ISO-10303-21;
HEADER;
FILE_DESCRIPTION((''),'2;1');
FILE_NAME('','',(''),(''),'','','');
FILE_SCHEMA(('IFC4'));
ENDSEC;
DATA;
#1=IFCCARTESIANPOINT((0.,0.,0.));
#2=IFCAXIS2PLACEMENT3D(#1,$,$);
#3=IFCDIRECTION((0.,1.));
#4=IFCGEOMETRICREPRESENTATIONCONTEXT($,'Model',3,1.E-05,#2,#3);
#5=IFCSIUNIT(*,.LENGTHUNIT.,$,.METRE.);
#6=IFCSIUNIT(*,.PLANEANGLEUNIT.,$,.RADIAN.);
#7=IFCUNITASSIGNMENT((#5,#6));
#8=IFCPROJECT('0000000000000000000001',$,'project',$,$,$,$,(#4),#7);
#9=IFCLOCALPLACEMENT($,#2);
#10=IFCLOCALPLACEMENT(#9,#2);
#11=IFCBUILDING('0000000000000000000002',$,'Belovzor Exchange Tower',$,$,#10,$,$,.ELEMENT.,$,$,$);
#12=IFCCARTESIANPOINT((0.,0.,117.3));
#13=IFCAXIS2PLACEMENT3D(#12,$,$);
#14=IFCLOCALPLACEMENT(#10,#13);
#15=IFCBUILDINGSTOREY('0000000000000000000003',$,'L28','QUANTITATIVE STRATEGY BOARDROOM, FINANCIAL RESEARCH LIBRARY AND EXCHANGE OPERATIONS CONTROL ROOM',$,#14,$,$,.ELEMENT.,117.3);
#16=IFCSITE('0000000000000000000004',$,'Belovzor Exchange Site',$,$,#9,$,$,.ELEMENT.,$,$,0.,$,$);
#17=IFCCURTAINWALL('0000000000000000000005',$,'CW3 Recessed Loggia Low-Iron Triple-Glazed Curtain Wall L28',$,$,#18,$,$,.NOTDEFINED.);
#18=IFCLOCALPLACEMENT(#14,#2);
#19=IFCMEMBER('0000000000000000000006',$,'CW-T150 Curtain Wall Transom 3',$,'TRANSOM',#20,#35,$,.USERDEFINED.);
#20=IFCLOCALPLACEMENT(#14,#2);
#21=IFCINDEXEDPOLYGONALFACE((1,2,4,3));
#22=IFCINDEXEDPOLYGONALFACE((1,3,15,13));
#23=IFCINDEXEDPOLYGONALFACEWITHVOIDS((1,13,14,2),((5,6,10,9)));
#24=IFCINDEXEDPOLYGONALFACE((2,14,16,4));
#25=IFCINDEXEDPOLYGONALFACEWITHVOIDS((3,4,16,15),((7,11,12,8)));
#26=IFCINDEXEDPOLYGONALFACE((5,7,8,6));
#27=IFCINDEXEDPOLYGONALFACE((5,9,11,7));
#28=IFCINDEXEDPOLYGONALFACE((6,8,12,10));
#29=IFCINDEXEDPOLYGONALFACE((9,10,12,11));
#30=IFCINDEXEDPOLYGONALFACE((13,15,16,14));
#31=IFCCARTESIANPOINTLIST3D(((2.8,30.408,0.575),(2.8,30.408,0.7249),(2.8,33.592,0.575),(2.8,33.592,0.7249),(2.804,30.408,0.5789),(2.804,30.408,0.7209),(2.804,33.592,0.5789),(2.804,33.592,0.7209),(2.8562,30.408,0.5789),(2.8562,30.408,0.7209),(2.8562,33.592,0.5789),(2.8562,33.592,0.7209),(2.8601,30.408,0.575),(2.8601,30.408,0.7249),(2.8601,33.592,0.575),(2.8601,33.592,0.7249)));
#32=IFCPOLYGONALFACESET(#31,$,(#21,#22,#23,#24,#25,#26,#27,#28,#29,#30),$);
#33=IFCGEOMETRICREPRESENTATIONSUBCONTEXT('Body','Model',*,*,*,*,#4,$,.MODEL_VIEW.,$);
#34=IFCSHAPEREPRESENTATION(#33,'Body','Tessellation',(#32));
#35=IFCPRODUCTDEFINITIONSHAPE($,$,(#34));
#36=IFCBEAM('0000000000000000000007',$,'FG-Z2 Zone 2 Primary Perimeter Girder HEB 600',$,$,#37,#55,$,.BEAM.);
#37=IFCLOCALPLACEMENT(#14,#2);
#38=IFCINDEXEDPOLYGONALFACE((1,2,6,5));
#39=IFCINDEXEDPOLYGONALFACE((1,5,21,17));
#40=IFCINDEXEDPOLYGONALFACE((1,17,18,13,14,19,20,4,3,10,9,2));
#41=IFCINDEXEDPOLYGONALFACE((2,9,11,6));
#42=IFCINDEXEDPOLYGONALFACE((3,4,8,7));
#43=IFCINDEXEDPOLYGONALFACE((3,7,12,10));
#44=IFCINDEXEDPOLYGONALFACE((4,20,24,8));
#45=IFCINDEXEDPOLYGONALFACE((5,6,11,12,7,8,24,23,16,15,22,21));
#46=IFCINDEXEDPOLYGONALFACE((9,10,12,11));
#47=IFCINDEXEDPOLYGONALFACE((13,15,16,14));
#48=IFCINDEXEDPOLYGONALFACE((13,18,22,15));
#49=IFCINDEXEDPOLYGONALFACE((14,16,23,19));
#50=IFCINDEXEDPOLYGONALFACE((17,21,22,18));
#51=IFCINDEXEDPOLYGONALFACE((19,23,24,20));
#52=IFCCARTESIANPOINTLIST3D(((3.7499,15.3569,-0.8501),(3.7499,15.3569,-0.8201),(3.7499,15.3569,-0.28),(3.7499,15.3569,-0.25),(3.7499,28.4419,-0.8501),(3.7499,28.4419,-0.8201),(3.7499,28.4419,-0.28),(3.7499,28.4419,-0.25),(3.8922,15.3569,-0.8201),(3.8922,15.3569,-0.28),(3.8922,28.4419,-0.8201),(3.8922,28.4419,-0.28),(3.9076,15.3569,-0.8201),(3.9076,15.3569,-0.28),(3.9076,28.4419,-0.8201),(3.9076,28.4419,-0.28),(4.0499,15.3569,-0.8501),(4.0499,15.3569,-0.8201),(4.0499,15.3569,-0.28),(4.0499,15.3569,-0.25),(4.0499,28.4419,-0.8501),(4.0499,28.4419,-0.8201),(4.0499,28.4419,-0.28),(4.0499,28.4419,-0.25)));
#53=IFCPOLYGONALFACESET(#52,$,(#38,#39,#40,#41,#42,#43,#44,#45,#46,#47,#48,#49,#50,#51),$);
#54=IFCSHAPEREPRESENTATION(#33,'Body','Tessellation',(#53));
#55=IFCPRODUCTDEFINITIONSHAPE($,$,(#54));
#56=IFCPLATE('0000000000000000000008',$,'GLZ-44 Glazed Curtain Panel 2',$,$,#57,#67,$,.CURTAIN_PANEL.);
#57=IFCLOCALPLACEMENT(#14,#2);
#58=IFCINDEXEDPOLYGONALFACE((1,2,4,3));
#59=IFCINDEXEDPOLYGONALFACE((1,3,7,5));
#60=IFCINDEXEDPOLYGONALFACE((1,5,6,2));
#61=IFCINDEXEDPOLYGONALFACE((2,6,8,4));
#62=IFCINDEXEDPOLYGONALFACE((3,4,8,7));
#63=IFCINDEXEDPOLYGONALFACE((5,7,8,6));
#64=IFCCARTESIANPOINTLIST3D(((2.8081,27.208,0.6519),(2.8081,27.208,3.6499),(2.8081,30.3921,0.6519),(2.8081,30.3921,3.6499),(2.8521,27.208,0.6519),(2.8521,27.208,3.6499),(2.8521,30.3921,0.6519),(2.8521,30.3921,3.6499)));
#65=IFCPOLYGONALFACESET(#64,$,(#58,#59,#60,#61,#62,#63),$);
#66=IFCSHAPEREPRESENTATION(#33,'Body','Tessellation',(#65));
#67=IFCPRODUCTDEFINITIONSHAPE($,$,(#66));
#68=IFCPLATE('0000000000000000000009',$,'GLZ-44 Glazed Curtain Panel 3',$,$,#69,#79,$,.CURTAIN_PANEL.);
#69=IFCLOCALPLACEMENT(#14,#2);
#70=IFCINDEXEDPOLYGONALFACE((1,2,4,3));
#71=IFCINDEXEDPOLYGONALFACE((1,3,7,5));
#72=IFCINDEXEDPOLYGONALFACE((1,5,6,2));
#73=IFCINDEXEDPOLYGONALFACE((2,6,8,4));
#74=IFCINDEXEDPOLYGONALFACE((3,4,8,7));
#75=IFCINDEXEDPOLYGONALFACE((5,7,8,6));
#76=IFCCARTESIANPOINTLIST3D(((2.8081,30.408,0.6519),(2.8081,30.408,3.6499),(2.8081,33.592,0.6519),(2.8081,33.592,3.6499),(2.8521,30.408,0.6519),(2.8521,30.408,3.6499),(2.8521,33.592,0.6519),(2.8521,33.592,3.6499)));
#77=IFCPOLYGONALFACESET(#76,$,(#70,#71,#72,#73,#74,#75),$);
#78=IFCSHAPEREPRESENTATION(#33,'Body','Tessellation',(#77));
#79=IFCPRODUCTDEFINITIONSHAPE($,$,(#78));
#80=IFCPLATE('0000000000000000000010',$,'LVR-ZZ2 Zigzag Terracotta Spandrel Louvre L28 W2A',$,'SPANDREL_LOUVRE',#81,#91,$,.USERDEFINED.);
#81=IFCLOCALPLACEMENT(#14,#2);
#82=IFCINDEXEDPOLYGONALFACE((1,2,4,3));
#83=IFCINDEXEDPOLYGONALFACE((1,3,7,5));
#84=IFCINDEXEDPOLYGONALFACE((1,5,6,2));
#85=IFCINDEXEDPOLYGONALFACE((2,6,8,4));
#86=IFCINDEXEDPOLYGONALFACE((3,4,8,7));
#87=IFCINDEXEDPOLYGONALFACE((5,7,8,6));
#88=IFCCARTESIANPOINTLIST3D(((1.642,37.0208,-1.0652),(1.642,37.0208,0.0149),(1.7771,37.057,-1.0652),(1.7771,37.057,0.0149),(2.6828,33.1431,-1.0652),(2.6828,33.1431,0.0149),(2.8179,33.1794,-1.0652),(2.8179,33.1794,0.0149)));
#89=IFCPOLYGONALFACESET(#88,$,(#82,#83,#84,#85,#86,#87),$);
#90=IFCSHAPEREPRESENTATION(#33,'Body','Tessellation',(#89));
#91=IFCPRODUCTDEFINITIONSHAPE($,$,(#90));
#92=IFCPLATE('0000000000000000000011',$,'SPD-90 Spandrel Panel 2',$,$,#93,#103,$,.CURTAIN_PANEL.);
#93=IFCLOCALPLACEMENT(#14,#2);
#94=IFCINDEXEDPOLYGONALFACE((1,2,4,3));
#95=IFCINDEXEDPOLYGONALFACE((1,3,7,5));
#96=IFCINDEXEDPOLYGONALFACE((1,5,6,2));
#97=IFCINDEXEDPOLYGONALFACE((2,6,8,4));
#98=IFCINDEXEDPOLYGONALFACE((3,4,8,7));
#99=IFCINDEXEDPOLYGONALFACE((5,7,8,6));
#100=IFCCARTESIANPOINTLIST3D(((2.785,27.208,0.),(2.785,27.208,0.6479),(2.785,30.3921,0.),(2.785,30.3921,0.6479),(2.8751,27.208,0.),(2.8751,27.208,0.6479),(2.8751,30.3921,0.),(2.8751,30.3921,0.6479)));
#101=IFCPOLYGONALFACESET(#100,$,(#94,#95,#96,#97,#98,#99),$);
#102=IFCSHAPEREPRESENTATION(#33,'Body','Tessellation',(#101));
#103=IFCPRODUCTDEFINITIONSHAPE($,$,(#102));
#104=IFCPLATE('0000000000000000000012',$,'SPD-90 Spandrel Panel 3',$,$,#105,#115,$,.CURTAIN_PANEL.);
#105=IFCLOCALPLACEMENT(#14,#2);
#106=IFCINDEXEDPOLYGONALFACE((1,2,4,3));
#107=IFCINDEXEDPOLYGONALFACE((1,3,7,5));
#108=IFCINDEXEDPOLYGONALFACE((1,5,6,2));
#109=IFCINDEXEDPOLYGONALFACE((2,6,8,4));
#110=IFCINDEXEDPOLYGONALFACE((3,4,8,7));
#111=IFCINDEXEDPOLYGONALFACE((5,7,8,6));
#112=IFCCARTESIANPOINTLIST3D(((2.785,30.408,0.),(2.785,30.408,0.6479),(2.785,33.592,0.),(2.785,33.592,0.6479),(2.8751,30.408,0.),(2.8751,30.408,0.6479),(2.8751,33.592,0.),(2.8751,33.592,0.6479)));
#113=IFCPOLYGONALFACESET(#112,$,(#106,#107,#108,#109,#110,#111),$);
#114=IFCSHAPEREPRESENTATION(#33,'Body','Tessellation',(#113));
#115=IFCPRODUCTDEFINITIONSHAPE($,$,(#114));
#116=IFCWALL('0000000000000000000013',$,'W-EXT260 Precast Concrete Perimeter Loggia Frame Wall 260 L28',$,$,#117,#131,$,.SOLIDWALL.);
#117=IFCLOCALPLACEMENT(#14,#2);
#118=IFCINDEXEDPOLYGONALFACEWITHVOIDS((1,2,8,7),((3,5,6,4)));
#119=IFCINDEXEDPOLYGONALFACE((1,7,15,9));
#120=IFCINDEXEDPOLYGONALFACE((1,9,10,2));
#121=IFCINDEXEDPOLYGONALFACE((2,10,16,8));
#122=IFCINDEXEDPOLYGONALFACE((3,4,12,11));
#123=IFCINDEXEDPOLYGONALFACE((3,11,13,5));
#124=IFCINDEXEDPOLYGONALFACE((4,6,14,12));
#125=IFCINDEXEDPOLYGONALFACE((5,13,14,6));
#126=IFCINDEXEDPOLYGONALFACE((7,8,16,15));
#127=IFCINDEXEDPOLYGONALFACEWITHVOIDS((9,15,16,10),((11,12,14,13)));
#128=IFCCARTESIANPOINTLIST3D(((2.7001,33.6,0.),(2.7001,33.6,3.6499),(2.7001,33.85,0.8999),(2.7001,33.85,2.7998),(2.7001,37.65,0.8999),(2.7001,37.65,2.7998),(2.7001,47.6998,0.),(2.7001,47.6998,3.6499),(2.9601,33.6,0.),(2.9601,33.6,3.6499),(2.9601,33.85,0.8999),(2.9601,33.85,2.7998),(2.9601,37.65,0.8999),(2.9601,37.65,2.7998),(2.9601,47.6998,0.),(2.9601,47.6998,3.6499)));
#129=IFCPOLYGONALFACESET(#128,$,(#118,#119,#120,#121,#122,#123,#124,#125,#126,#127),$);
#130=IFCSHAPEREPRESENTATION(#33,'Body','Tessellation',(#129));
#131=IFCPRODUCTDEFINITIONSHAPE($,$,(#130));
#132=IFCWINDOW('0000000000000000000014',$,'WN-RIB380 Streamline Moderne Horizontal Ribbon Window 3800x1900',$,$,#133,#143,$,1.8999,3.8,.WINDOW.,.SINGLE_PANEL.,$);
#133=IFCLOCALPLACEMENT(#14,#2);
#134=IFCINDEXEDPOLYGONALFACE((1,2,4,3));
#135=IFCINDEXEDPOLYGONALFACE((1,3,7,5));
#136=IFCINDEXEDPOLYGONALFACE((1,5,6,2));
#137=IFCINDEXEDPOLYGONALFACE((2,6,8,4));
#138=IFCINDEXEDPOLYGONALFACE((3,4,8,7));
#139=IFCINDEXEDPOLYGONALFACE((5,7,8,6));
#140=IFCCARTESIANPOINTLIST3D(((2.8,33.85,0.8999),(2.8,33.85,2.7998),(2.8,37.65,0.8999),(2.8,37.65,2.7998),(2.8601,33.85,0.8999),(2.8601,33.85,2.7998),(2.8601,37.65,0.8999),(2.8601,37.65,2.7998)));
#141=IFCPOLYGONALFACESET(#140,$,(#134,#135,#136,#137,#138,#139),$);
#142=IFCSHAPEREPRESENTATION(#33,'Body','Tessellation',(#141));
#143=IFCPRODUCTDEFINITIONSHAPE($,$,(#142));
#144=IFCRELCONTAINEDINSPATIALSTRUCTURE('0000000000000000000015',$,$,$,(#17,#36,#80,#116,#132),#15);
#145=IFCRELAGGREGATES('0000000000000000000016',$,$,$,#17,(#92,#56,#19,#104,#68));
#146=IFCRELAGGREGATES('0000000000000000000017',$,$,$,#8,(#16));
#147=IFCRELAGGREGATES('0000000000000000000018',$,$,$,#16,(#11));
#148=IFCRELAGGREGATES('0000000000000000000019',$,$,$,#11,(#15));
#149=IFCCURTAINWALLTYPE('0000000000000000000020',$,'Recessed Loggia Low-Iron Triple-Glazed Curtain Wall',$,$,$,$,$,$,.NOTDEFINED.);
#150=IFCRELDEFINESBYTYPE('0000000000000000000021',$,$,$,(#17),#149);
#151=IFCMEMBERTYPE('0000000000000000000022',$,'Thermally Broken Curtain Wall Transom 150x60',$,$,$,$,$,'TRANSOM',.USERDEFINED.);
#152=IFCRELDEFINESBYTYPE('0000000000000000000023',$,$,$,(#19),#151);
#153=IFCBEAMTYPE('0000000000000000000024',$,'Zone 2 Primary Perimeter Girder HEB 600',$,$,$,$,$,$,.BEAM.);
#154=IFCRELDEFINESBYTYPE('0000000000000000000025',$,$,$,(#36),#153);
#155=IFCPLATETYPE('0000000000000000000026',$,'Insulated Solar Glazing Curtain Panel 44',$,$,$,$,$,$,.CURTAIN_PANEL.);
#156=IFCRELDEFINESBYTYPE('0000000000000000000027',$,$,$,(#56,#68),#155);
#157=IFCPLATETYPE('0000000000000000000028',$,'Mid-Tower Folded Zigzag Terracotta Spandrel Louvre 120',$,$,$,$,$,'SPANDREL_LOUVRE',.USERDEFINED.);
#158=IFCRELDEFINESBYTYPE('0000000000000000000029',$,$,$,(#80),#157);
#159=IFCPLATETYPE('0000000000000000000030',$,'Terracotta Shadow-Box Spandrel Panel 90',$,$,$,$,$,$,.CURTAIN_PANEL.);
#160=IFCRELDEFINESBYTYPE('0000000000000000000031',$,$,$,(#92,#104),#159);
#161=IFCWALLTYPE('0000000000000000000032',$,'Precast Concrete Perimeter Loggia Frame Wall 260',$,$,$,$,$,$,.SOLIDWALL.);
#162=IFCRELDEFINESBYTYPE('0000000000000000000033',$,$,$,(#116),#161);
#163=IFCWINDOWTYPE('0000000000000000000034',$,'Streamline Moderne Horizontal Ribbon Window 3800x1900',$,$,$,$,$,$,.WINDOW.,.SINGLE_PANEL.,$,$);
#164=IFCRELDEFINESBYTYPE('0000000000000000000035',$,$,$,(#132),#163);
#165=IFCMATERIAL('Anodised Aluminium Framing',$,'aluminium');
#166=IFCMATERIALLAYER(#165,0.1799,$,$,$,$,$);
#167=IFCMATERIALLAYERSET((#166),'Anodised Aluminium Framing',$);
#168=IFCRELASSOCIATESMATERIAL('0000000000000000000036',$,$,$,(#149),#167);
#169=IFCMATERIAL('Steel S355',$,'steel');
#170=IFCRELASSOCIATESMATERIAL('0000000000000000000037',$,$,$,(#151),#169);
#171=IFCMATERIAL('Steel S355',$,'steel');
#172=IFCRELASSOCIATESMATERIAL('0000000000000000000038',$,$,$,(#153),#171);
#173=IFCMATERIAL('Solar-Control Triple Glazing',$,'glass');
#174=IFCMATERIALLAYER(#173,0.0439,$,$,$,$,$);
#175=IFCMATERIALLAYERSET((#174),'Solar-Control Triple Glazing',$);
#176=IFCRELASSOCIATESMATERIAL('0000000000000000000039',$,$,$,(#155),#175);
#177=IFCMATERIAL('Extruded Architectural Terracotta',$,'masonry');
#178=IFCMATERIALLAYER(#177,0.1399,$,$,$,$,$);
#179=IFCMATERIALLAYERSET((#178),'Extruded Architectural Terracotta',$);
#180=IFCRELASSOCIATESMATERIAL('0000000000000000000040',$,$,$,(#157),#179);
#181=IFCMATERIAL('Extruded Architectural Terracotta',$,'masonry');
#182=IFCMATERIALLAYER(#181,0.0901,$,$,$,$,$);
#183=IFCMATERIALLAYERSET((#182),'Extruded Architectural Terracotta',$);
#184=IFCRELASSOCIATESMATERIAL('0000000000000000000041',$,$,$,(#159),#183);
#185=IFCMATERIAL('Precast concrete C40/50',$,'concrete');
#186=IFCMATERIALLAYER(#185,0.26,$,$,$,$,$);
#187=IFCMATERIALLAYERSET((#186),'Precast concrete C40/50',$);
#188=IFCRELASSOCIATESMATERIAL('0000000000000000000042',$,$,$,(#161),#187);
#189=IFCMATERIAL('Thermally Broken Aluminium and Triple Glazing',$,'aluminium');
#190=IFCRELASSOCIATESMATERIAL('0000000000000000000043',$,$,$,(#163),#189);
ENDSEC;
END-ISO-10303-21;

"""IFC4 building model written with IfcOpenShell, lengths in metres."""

from ifc_helpers import new_model, si_unit, direction, frame, frame_2d, origin, origin_2d, place, context, subcontext, project, spatial, rectangle, hollow_rectangle, i_section, extrude, material, layer, layer_set, material_profile, profile_set, type_object, element, fill, aggregate, save


model = new_model("IFC4")

# Units and contexts
model_context = context("Model", 3, precision=1e-05, world=origin(), true_north=direction((0.0, 1.0)))
body_context = subcontext(model_context, "Body", "Model", "MODEL_VIEW")
ifc_project = project(units=[si_unit("LENGTHUNIT", "METRE"), si_unit("PLANEANGLEUNIT", "RADIAN")], contexts=[model_context])

# Site, building, storey
site_placement = place(None, origin())
site = spatial("IfcSite", under=ifc_project, at=site_placement, Name="Belovzor Exchange Site", CompositionType="ELEMENT", RefElevation=0.0)
building_placement = place(site_placement, origin())
building = spatial("IfcBuilding", under=site, at=building_placement, Name="Belovzor Exchange Tower", CompositionType="ELEMENT")
storey_placement = place(building_placement, frame((0.0, 0.0, 117.3)))
storey = spatial("IfcBuildingStorey", under=building, at=storey_placement, Name="L28", Description="QUANTITATIVE STRATEGY BOARDROOM, FINANCIAL RESEARCH LIBRARY AND EXCHANGE OPERATIONS CONTROL ROOM", CompositionType="ELEMENT", Elevation=117.3)

# Curtain wall, member
ifc_material_1 = material(Name="Anodised Aluminium Framing", Category="aluminium")
ifc_layer_1 = layer(ifc_material_1, 0.1799)
ifc_layer_set_1 = layer_set([ifc_layer_1], Name="Anodised Aluminium Framing")
curtain_wall_type = type_object("IfcCurtainWallType", Name="Recessed Loggia Low-Iron Triple-Glazed Curtain Wall", PredefinedType="NOTDEFINED", material=ifc_layer_set_1)
curtain_wall_placement = place(storey_placement, origin())
curtain_wall = element("IfcCurtainWall", 1, at=curtain_wall_placement, inside=storey, type_object=curtain_wall_type, Name="CW3 Recessed Loggia Low-Iron Triple-Glazed Curtain Wall L28", PredefinedType="NOTDEFINED")
ifc_material_2 = material(Name="Steel S355", Category="steel")
ifc_material_profile_1 = material_profile(ifc_material_2, hollow_rectangle(XDim=0.0601, YDim=0.1499, WallThickness=0.0039, at=origin_2d()))
ifc_profile_set_1 = profile_set([ifc_material_profile_1], Name="Steel S355")
member_type_1 = type_object("IfcMemberType", Name="Thermally Broken Curtain Wall Transom 150x60", ElementType="TRANSOM", PredefinedType="USERDEFINED", material=ifc_profile_set_1)
member_1_placement = place(storey_placement, frame((2.8301, 30.408, 0.6499), z_axis=(0.0, 1.0, 0.0), x_axis=(-1.0, 0.0, 0.0)))
member_1 = element("IfcMember", 2, at=member_1_placement, type_object=member_type_1, Name="CW-T150 Curtain Wall Transom 3", ObjectType="TRANSOM", PredefinedType="USERDEFINED", context=body_context, shape_type="SweptSolid", body=[
    extrude(hollow_rectangle(XDim=0.0601, YDim=0.1499, WallThickness=0.0039, at=origin_2d()), origin(), (0.0, 0.0, 1.0), 3.1841),
])

# Beam
ifc_material_3 = material(Name="Steel S355", Category="steel")
ifc_material_profile_2 = material_profile(ifc_material_3, i_section(OverallWidth=0.3, OverallDepth=0.6001, WebThickness=0.0154, FlangeThickness=0.03, at=origin_2d()))
ifc_profile_set_2 = profile_set([ifc_material_profile_2], Name="Steel S355")
beam_type_1 = type_object("IfcBeamType", Name="Zone 2 Primary Perimeter Girder HEB 600", PredefinedType="BEAM", material=ifc_profile_set_2)
beam_1_placement = place(storey_placement, frame((3.8999, 28.4419, -0.55), z_axis=(0.0, -1.0, 0.0), x_axis=(1.0, 0.0, 0.0)))
element("IfcBeam", 3, at=beam_1_placement, inside=storey, type_object=beam_type_1, Name="FG-Z2 Zone 2 Primary Perimeter Girder HEB 600", PredefinedType="BEAM", context=body_context, shape_type="SweptSolid", body=[
    extrude(i_section(OverallWidth=0.3, OverallDepth=0.6001, WebThickness=0.0154, FlangeThickness=0.03, at=origin_2d()), origin(), (0.0, 0.0, 1.0), 13.085),
])

# Plates
ifc_material_4 = material(Name="Solar-Control Triple Glazing", Category="glass")
ifc_layer_2 = layer(ifc_material_4, 0.0439)
ifc_layer_set_2 = layer_set([ifc_layer_2], Name="Solar-Control Triple Glazing")
plate_type_1 = type_object("IfcPlateType", Name="Insulated Solar Glazing Curtain Panel 44", PredefinedType="CURTAIN_PANEL", material=ifc_layer_set_2)
plate_1_placement = place(storey_placement, frame((2.8301, 28.8, 0.6519), z_axis=(0.0, 0.0, 1.0), x_axis=(0.0, 1.0, 0.0)))
plate_1 = element("IfcPlate", 4, at=plate_1_placement, type_object=plate_type_1, Name="GLZ-44 Glazed Curtain Panel 2", PredefinedType="CURTAIN_PANEL", context=body_context, shape_type="SweptSolid", body=[
    extrude(rectangle(XDim=3.1841, YDim=0.0439, at=origin_2d()), origin(), (0.0, 0.0, 1.0), 2.998),
])
plate_2_placement = place(storey_placement, frame((2.8301, 32.0, 0.6519), z_axis=(0.0, 0.0, 1.0), x_axis=(0.0, 1.0, 0.0)))
plate_2 = element("IfcPlate", 5, at=plate_2_placement, type_object=plate_type_1, Name="GLZ-44 Glazed Curtain Panel 3", PredefinedType="CURTAIN_PANEL", context=body_context, shape_type="SweptSolid", body=[
    extrude(rectangle(XDim=3.1841, YDim=0.0439, at=origin_2d()), origin(), (0.0, 0.0, 1.0), 2.998),
])
ifc_material_5 = material(Name="Extruded Architectural Terracotta", Category="masonry")
ifc_layer_3 = layer(ifc_material_5, 0.1399)
ifc_layer_set_3 = layer_set([ifc_layer_3], Name="Extruded Architectural Terracotta")
plate_type_2 = type_object("IfcPlateType", Name="Mid-Tower Folded Zigzag Terracotta Spandrel Louvre 120", ElementType="SPANDREL_LOUVRE", PredefinedType="USERDEFINED", material=ifc_layer_set_3)
plate_3_placement = place(storey_placement, frame((2.23, 35.1001, -1.0652), z_axis=(0.0, 0.0, 1.0), x_axis=(-0.25924, 0.965813, 0.0)))
element("IfcPlate", 6, at=plate_3_placement, inside=storey, type_object=plate_type_2, Name="LVR-ZZ2 Zigzag Terracotta Spandrel Louvre L28 W2A", ObjectType="SPANDREL_LOUVRE", PredefinedType="USERDEFINED", context=body_context, shape_type="SweptSolid", body=[
    extrude(rectangle(XDim=4.0149, YDim=0.1399, at=origin_2d()), origin(), (0.0, 0.0, 1.0), 1.0801),
])
ifc_material_6 = material(Name="Extruded Architectural Terracotta", Category="masonry")
ifc_layer_4 = layer(ifc_material_6, 0.0901)
ifc_layer_set_4 = layer_set([ifc_layer_4], Name="Extruded Architectural Terracotta")
plate_type_3 = type_object("IfcPlateType", Name="Terracotta Shadow-Box Spandrel Panel 90", PredefinedType="CURTAIN_PANEL", material=ifc_layer_set_4)
plate_4_placement = place(storey_placement, frame((2.8301, 28.8, 0.0), z_axis=(0.0, 0.0, 1.0), x_axis=(0.0, 1.0, 0.0)))
plate_4 = element("IfcPlate", 7, at=plate_4_placement, type_object=plate_type_3, Name="SPD-90 Spandrel Panel 2", PredefinedType="CURTAIN_PANEL", context=body_context, shape_type="SweptSolid", body=[
    extrude(rectangle(XDim=3.1841, YDim=0.0901, at=origin_2d()), origin(), (0.0, 0.0, 1.0), 0.6479),
])
plate_5_placement = place(storey_placement, frame((2.8301, 32.0, 0.0), z_axis=(0.0, 0.0, 1.0), x_axis=(0.0, 1.0, 0.0)))
plate_5 = element("IfcPlate", 8, at=plate_5_placement, type_object=plate_type_3, Name="SPD-90 Spandrel Panel 3", PredefinedType="CURTAIN_PANEL", context=body_context, shape_type="SweptSolid", body=[
    extrude(rectangle(XDim=3.1841, YDim=0.0901, at=origin_2d()), origin(), (0.0, 0.0, 1.0), 0.6479),
])
aggregate(curtain_wall, [plate_4, plate_1, member_1, plate_5, plate_2])

# Wall, opening, window
ifc_material_7 = material(Name="Precast concrete C40/50", Category="concrete")
ifc_layer_5 = layer(ifc_material_7, 0.26)
ifc_layer_set_5 = layer_set([ifc_layer_5], Name="Precast concrete C40/50")
wall_type = type_object("IfcWallType", Name="Precast Concrete Perimeter Loggia Frame Wall 260", PredefinedType="SOLIDWALL", material=ifc_layer_set_5)
wall_placement = place(storey_placement, frame((2.8301, 33.6001, 0.0), z_axis=(0.0, 0.0, 1.0), x_axis=(0.0, 1.0, 0.0)))
wall = element("IfcWall", 9, at=wall_placement, inside=storey, type_object=wall_type, Name="W-EXT260 Precast Concrete Perimeter Loggia Frame Wall 260 L28", PredefinedType="SOLIDWALL", context=body_context, shape_type="SweptSolid", body=[
    extrude(rectangle(XDim=14.0999, YDim=0.26, at=frame_2d((7.0498, 0.0))), origin(), (0.0, 0.0, 1.0), 3.6499),
])
opening_placement = place(wall_placement, frame((0.25, 0.0, 0.8999)))
opening = element("IfcOpeningElement", 10, at=opening_placement, cuts=wall, PredefinedType="OPENING", context=body_context, shape_type="SweptSolid", body=[
    extrude(rectangle(XDim=3.8, YDim=1.8999, at=frame_2d((1.8999, 0.95))), frame((0.0, 0.1399, 0.0), z_axis=(0.0, -1.0, 0.0), x_axis=(1.0, 0.0, 0.0)), (0.0, 0.0, 1.0), 0.28),
])
ifc_material_8 = material(Name="Thermally Broken Aluminium and Triple Glazing", Category="aluminium")
window_type = type_object("IfcWindowType", Name="Streamline Moderne Horizontal Ribbon Window 3800x1900", PartitioningType="SINGLE_PANEL", PredefinedType="WINDOW", material=ifc_material_8)
window_placement = place(opening_placement, origin())
window = element("IfcWindow", 11, at=window_placement, inside=storey, type_object=window_type, Name="WN-RIB380 Streamline Moderne Horizontal Ribbon Window 3800x1900", OverallHeight=1.8999, OverallWidth=3.8, PartitioningType="SINGLE_PANEL", PredefinedType="WINDOW", context=body_context, shape_type="SweptSolid", body=[
    extrude(rectangle(XDim=3.8, YDim=1.8999, at=frame_2d((1.8999, 0.95))), frame((0.0, 0.03, 0.0), z_axis=(0.0, -1.0, 0.0), x_axis=(1.0, 0.0, 0.0)), (0.0, 0.0, 1.0), 0.0601),
])
fill(opening, window)

save(model, "model.ifc")
